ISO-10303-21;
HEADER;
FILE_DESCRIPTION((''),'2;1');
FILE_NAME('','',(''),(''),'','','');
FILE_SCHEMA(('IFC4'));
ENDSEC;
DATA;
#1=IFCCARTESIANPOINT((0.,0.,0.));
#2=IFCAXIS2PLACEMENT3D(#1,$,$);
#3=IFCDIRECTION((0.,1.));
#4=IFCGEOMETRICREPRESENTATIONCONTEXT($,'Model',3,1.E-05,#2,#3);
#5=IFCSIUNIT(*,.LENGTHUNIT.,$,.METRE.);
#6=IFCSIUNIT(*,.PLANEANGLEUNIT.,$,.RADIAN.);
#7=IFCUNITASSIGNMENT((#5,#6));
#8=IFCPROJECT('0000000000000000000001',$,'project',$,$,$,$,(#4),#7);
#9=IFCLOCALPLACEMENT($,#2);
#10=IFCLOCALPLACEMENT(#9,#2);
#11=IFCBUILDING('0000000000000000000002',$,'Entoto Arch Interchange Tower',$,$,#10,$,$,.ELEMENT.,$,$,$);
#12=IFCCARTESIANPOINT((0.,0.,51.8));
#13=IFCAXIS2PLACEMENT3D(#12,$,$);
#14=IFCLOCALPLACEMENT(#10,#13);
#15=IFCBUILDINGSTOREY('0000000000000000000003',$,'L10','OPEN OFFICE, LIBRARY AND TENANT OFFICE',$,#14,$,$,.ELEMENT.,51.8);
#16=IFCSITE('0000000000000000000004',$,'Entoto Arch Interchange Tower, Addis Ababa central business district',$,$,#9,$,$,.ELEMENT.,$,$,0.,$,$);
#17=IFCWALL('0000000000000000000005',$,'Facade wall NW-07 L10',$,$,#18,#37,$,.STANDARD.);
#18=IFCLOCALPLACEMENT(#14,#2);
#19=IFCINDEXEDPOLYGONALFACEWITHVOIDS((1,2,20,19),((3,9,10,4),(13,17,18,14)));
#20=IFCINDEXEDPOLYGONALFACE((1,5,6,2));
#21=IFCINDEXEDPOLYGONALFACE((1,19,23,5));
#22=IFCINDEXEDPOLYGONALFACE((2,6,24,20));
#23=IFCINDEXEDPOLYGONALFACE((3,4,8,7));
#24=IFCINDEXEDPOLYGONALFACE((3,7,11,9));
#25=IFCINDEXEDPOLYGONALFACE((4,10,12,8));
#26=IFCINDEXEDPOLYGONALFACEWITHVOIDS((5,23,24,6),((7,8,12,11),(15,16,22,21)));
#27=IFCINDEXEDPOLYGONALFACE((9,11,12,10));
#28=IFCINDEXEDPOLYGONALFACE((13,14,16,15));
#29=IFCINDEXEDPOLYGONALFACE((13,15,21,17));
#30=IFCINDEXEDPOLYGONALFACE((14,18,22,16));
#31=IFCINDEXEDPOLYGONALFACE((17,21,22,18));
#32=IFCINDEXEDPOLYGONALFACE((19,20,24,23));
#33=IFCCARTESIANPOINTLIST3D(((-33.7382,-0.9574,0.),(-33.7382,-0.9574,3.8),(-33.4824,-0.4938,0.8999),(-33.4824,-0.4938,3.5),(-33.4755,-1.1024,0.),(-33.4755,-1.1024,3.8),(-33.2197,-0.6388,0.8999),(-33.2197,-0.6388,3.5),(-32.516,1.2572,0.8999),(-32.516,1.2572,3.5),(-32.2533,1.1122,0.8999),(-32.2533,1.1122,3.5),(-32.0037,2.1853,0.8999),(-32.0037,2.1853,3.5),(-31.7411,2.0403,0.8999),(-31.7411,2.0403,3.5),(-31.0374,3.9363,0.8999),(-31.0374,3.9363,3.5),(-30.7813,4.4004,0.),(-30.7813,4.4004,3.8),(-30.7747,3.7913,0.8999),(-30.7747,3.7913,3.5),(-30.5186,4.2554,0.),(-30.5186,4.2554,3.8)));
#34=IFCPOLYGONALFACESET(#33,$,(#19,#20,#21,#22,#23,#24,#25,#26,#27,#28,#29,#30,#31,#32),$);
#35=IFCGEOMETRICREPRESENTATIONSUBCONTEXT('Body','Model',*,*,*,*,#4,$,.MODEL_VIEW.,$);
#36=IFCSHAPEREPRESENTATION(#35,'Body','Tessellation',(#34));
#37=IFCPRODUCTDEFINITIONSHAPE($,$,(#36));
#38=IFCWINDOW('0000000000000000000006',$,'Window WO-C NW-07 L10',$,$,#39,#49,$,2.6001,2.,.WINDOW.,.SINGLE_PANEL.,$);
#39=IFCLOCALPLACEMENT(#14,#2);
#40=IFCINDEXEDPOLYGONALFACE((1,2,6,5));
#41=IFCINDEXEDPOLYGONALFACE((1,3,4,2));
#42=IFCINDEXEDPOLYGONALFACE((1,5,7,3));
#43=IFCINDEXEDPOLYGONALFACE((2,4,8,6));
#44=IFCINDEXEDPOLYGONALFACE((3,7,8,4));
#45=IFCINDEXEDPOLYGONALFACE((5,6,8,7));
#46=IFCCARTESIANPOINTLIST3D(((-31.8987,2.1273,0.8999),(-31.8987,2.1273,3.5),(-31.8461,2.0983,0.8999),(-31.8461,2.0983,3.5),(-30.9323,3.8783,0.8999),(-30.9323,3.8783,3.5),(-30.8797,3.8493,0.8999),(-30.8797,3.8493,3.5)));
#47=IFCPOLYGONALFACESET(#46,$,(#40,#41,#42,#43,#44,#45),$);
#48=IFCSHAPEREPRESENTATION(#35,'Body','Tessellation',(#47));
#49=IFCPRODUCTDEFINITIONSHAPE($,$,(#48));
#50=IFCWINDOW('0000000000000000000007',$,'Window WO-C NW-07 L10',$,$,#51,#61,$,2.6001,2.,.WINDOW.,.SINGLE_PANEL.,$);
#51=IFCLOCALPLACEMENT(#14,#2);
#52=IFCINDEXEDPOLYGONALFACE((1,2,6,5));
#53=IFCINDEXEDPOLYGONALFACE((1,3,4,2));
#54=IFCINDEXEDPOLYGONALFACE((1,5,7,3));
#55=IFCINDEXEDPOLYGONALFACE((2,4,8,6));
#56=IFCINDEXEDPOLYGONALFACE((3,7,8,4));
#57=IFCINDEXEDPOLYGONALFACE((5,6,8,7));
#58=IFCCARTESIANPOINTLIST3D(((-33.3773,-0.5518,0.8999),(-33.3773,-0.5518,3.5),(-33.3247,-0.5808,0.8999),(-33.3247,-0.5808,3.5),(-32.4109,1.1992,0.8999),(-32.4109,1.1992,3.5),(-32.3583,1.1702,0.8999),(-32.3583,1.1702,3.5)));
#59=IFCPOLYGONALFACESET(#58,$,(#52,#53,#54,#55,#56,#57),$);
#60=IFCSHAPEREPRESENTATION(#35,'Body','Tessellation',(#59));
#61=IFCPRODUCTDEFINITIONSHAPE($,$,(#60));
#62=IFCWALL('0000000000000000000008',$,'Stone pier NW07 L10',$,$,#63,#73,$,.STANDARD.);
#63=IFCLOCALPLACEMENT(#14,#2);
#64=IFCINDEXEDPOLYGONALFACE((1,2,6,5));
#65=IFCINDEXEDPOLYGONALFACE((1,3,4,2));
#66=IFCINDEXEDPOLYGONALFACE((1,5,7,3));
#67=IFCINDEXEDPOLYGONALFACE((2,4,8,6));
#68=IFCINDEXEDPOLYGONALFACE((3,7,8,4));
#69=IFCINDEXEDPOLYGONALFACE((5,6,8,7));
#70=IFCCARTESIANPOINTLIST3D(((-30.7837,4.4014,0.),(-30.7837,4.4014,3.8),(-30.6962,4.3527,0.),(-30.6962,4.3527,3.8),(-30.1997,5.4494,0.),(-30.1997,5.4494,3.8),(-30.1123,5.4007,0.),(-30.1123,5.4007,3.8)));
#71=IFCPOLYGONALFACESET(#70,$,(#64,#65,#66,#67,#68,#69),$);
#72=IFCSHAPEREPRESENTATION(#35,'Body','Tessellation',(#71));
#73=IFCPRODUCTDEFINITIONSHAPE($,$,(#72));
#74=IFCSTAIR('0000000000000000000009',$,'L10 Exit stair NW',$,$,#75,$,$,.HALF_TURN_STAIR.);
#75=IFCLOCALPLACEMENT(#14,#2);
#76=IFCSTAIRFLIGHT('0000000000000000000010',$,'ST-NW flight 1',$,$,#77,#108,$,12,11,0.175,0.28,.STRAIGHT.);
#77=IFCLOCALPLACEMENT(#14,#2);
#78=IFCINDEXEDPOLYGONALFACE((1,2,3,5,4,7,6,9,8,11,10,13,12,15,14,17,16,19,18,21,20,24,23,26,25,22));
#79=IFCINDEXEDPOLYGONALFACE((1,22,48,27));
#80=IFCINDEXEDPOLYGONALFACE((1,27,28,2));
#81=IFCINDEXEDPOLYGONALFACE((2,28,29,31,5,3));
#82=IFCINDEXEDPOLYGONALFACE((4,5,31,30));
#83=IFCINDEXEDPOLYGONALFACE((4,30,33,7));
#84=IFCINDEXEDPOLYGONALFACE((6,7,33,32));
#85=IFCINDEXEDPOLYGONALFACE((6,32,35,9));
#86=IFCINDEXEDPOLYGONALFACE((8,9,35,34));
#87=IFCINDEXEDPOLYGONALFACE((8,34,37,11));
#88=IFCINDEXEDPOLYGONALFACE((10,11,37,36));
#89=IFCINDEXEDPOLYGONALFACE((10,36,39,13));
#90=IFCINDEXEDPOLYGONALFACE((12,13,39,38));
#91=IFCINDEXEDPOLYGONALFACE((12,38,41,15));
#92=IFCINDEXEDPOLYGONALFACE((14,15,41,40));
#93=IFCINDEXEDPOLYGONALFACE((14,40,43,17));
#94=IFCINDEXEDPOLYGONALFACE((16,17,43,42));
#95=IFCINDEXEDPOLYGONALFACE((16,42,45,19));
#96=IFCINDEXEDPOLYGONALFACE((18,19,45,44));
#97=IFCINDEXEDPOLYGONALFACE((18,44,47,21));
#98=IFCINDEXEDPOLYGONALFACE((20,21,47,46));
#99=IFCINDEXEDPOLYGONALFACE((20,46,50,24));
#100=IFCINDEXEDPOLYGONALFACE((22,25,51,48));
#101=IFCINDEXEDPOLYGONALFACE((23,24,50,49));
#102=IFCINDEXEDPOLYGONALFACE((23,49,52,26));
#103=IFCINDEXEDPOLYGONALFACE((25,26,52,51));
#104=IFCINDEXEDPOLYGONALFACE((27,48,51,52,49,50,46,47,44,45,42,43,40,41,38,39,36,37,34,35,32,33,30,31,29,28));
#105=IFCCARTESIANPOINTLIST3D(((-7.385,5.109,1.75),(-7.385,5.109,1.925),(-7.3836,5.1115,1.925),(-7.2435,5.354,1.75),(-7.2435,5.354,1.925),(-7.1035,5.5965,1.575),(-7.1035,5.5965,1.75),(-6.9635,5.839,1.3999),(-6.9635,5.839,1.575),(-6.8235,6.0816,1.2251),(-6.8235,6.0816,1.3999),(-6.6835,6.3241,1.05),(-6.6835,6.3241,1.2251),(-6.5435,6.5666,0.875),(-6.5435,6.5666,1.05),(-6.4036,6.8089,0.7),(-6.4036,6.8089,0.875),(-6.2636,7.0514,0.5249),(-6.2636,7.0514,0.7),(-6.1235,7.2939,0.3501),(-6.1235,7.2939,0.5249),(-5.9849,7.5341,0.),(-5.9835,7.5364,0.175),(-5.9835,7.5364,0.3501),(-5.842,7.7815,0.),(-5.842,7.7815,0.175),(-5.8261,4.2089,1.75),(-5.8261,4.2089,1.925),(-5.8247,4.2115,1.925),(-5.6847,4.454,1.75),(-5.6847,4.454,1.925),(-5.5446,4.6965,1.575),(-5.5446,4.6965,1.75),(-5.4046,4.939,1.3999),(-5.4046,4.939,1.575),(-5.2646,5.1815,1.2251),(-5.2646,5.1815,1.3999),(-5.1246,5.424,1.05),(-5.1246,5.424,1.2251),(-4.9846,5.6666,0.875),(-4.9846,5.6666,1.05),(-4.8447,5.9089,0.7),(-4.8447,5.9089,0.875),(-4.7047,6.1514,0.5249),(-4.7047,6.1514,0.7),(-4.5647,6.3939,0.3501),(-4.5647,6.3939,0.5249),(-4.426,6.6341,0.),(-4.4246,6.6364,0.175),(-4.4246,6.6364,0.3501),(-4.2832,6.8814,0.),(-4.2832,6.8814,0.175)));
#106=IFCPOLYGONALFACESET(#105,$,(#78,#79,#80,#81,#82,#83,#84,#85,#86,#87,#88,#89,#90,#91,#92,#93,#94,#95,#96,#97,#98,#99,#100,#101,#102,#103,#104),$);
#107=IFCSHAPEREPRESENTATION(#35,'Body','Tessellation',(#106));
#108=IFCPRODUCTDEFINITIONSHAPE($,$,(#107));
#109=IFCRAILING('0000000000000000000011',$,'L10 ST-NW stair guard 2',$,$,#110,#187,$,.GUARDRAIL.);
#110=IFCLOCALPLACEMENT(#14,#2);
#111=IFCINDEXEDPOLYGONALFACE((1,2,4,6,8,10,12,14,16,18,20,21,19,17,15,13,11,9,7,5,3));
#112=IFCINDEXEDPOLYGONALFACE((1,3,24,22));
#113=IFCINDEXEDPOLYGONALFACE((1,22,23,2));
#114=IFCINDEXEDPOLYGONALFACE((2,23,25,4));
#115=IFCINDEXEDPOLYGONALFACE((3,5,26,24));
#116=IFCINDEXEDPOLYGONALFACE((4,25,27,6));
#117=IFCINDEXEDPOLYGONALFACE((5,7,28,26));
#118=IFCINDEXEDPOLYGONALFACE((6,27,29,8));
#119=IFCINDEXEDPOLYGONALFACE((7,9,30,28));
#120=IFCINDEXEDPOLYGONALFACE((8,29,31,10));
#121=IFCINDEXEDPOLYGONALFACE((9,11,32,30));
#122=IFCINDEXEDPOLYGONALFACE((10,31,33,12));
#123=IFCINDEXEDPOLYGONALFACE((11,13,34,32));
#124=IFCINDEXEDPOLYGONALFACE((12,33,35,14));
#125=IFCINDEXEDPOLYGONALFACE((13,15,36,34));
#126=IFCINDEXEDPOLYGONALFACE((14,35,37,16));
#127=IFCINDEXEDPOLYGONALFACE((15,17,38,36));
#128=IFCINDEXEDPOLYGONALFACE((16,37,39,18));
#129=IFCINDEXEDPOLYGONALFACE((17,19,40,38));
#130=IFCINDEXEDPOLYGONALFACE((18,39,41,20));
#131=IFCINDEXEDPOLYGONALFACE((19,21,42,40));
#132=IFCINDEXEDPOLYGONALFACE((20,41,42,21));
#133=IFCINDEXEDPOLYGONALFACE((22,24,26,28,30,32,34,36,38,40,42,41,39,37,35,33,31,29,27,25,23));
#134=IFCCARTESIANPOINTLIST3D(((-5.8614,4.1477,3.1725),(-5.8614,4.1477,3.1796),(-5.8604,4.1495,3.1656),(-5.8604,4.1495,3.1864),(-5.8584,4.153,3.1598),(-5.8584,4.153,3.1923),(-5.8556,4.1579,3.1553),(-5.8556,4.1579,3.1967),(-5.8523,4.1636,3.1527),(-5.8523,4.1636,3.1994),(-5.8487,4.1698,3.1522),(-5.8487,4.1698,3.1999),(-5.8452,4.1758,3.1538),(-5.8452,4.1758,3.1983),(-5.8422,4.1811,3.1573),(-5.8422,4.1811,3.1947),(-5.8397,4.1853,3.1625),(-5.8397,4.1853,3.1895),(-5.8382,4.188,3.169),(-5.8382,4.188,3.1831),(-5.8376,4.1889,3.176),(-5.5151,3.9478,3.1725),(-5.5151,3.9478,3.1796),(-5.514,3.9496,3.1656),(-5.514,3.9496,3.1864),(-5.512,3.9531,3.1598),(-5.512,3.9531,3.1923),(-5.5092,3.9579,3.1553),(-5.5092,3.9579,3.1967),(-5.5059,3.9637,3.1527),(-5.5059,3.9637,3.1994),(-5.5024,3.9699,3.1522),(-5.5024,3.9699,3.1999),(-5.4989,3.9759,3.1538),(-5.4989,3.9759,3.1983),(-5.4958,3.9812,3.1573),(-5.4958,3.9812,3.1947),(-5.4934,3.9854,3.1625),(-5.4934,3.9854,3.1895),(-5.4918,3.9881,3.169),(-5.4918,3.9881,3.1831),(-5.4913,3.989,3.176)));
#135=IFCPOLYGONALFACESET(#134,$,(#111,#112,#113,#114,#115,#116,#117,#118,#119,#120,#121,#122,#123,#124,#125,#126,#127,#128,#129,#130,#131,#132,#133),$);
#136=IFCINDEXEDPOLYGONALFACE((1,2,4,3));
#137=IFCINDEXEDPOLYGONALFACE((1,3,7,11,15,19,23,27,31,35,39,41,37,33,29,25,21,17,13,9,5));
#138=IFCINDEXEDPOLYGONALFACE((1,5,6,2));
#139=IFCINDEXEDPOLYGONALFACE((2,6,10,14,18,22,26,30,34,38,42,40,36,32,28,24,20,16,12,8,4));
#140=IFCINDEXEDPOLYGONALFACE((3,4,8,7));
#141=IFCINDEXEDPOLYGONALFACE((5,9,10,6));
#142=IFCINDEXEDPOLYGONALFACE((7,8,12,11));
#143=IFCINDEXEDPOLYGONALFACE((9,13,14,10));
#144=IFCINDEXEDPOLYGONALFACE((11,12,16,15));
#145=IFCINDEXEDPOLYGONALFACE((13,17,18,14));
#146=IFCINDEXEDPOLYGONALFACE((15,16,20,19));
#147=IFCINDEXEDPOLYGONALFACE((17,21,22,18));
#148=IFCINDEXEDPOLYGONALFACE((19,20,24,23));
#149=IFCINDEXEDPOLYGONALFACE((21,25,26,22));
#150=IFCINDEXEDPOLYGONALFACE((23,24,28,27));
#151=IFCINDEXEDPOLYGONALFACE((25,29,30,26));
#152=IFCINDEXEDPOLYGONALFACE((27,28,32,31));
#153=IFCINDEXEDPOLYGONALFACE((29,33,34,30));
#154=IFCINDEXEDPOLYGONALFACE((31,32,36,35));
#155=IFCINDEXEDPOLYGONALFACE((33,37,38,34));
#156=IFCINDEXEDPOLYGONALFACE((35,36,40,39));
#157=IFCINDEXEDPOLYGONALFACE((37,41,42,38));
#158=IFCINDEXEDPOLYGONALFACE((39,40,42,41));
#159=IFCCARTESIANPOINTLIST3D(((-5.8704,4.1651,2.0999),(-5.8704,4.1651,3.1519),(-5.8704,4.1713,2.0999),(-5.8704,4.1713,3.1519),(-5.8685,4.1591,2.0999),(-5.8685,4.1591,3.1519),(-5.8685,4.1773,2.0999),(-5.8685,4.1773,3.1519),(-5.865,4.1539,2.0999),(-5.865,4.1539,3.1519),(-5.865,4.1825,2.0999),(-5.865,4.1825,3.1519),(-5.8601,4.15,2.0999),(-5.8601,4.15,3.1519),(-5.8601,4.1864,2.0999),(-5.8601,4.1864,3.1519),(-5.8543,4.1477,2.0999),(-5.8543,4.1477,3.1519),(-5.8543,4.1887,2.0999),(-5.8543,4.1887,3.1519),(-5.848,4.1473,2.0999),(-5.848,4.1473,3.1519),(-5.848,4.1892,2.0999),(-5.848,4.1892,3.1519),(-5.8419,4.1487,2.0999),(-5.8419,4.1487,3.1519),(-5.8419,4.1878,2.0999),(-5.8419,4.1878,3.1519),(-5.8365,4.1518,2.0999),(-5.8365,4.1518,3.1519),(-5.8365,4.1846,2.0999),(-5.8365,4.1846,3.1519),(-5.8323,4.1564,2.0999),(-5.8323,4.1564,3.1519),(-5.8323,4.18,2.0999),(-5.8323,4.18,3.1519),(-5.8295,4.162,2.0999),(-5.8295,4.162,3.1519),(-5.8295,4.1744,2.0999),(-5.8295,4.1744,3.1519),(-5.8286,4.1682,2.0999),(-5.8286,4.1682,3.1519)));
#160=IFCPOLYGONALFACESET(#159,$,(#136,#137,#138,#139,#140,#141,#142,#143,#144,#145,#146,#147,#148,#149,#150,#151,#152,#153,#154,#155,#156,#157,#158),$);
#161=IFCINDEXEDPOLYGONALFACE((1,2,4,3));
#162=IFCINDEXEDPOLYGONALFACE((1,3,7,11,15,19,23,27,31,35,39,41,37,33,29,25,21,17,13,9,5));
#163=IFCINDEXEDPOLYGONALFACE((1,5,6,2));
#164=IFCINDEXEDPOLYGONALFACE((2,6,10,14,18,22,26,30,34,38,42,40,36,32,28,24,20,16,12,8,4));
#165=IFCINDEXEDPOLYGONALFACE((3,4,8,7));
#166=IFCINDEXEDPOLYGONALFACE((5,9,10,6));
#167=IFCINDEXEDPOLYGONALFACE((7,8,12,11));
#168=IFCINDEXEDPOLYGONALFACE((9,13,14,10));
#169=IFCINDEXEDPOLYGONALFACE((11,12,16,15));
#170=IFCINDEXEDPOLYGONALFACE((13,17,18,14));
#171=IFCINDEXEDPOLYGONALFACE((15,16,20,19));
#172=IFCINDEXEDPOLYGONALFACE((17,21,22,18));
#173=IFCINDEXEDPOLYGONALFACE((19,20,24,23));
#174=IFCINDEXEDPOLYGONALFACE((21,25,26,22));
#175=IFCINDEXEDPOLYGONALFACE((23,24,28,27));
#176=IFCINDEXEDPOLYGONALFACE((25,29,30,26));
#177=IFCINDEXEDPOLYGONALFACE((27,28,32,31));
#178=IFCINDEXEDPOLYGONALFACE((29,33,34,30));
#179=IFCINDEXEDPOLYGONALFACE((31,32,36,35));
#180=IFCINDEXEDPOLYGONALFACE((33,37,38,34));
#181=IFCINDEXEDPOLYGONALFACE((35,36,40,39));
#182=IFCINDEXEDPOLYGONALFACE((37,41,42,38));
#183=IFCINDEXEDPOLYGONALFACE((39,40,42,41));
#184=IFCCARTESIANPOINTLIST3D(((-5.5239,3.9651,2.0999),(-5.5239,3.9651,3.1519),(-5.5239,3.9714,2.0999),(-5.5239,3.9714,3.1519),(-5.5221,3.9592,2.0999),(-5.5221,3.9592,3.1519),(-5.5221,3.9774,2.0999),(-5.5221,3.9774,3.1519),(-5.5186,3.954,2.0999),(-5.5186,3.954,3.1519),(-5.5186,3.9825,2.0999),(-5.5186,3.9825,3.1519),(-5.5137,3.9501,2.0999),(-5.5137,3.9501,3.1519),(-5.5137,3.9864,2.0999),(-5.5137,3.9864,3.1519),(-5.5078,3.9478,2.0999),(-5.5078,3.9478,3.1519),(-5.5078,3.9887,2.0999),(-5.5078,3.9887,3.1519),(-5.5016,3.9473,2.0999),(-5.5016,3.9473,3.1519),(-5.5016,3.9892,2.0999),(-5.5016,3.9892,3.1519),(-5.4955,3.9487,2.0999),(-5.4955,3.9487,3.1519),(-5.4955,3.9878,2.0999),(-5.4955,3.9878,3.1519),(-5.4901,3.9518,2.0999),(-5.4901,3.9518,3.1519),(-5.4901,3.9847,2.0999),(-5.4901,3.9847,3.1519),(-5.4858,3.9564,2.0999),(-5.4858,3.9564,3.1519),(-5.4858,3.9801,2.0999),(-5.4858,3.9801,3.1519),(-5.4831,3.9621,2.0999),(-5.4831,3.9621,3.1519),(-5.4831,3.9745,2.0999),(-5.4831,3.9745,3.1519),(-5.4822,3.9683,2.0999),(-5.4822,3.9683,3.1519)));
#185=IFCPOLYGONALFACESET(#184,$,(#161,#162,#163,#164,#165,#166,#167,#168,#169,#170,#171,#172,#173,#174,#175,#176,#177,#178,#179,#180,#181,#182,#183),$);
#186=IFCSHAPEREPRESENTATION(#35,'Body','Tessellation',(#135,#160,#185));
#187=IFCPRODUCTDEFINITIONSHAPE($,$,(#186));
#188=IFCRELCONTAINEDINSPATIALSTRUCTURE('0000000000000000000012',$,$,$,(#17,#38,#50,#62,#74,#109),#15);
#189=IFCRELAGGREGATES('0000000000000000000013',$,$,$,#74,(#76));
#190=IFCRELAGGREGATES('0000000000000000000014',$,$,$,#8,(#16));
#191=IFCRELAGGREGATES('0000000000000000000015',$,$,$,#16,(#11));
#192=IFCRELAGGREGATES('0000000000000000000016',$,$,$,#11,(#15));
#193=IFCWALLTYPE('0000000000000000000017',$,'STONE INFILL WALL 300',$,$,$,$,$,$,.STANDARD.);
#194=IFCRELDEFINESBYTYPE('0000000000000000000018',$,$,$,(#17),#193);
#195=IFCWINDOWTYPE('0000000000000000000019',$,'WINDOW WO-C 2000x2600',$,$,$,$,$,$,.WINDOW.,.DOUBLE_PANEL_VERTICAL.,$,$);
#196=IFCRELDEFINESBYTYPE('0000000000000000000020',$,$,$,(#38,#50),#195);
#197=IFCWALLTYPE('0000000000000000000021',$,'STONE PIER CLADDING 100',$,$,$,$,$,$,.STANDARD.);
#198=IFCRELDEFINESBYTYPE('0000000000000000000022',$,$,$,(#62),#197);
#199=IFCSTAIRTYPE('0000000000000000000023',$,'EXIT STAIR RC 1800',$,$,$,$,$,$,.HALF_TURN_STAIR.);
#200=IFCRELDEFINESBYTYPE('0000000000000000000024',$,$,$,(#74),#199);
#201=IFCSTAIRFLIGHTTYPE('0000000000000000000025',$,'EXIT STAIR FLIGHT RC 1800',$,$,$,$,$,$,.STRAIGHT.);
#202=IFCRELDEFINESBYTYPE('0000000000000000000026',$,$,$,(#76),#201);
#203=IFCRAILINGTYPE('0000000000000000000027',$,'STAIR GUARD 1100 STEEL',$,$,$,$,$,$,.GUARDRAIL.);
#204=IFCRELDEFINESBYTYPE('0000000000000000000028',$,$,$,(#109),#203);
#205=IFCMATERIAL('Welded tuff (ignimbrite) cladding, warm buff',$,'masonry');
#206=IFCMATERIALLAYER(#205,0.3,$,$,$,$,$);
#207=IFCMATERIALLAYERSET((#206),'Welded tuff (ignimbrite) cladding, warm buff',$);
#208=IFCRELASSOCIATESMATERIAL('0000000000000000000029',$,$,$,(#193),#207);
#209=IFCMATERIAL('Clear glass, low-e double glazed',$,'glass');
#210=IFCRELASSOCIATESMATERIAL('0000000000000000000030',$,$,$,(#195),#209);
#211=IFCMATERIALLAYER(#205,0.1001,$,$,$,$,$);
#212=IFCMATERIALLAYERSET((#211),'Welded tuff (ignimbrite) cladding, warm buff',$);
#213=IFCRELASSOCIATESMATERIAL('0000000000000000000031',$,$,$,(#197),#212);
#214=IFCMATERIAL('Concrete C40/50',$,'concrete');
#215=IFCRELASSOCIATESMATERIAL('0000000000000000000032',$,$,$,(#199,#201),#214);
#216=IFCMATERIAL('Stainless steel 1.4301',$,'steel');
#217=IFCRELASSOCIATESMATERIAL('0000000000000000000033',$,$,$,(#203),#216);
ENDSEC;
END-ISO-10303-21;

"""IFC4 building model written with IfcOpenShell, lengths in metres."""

from ifc_helpers import new_model, si_unit, direction, frame, frame_2d, origin, origin_2d, place, context, subcontext, project, spatial, polyline, rectangle, circle, outline, extrude, material, layer, layer_set, type_object, element, fill, aggregate, save


model = new_model("IFC4")

# Units and contexts
model_context = context("Model", 3, precision=1e-05, world=origin(), true_north=direction((0.0, 1.0)))
body_context = subcontext(model_context, "Body", "Model", "MODEL_VIEW")
ifc_project = project(units=[si_unit("LENGTHUNIT", "METRE"), si_unit("PLANEANGLEUNIT", "RADIAN")], contexts=[model_context])

# Site, building, storey
site_placement = place(None, origin())
site = spatial("IfcSite", under=ifc_project, at=site_placement, Name="Entoto Arch Interchange Tower, Addis Ababa central business district", CompositionType="ELEMENT", RefElevation=0.0)
building_placement = place(site_placement, origin())
building = spatial("IfcBuilding", under=site, at=building_placement, Name="Entoto Arch Interchange Tower", CompositionType="ELEMENT")
storey_placement = place(building_placement, frame((0.0, 0.0, 51.8)))
storey = spatial("IfcBuildingStorey", under=building, at=storey_placement, Name="L10", Description="OPEN OFFICE, LIBRARY AND TENANT OFFICE", CompositionType="ELEMENT", Elevation=51.8)

# Shared definitions
ifc_material_1 = material(Name="Concrete C40/50", Category="concrete")

# Wall, openings, windows
ifc_material_2 = material(Name="Welded tuff (ignimbrite) cladding, warm buff", Category="masonry")
ifc_layer_1 = layer(ifc_material_2, 0.3)
ifc_layer_set_1 = layer_set([ifc_layer_1], Name="Welded tuff (ignimbrite) cladding, warm buff")
wall_type_1 = type_object("IfcWallType", Name="STONE INFILL WALL 300", PredefinedType="STANDARD", material=ifc_layer_set_1)
wall_1_placement = place(storey_placement, frame((-30.6499, 4.3279, 0.0), z_axis=(0.0, 0.0, 1.0), x_axis=(-0.483195, -0.875513, 0.0)))
wall_1 = element("IfcWall", 1, at=wall_1_placement, inside=storey, type_object=wall_type_1, Name="Facade wall NW-07 L10", PredefinedType="STANDARD", context=body_context, shape_type="SweptSolid", body=[
    extrude(rectangle(XDim=6.1196, YDim=0.3, at=frame_2d((3.0598, 0.0))), origin(), (0.0, 0.0, 1.0), 3.8),
])
opening_1_placement = place(wall_1_placement, frame((0.53, 0.0, 0.8999)))
opening_1 = element("IfcOpeningElement", 2, at=opening_1_placement, cuts=wall_1, PredefinedType="OPENING", context=body_context, shape_type="SweptSolid", body=[
    extrude(rectangle(XDim=2.0, YDim=2.6001, at=frame_2d((1.0, 1.3))), frame((0.0, 0.1602, 0.0), z_axis=(0.0, -1.0, 0.0), x_axis=(1.0, 0.0, 0.0)), (0.0, 0.0, 1.0), 0.3201),
])
opening_2_placement = place(wall_1_placement, frame((3.5901, 0.0, 0.8999)))
opening_2 = element("IfcOpeningElement", 3, at=opening_2_placement, cuts=wall_1, PredefinedType="OPENING", context=body_context, shape_type="SweptSolid", body=[
    extrude(rectangle(XDim=2.0, YDim=2.6001, at=frame_2d((1.0, 1.3))), frame((0.0, 0.1602, 0.0), z_axis=(0.0, -1.0, 0.0), x_axis=(1.0, 0.0, 0.0)), (0.0, 0.0, 1.0), 0.3201),
])
ifc_material_3 = material(Name="Clear glass, low-e double glazed", Category="glass")
window_type = type_object("IfcWindowType", Name="WINDOW WO-C 2000x2600", PartitioningType="DOUBLE_PANEL_VERTICAL", PredefinedType="WINDOW", material=ifc_material_3)
window_1_placement = place(opening_1_placement, origin())
window_1 = element("IfcWindow", 4, at=window_1_placement, inside=storey, type_object=window_type, Name="Window WO-C NW-07 L10", OverallHeight=2.6001, OverallWidth=2.0, PartitioningType="SINGLE_PANEL", PredefinedType="WINDOW", context=body_context, shape_type="SweptSolid", body=[
    extrude(rectangle(XDim=2.0, YDim=2.6001, at=frame_2d((1.0, 1.3))), frame((0.0, 0.03, 0.0), z_axis=(0.0, -1.0, 0.0), x_axis=(1.0, 0.0, 0.0)), (0.0, 0.0, 1.0), 0.0601),
])
fill(opening_1, window_1)
window_2_placement = place(opening_2_placement, origin())
window_2 = element("IfcWindow", 5, at=window_2_placement, inside=storey, type_object=window_type, Name="Window WO-C NW-07 L10", OverallHeight=2.6001, OverallWidth=2.0, PartitioningType="SINGLE_PANEL", PredefinedType="WINDOW", context=body_context, shape_type="SweptSolid", body=[
    extrude(rectangle(XDim=2.0, YDim=2.6001, at=frame_2d((1.0, 1.3))), frame((0.0, 0.03, 0.0), z_axis=(0.0, -1.0, 0.0), x_axis=(1.0, 0.0, 0.0)), (0.0, 0.0, 1.0), 0.0601),
])
fill(opening_2, window_2)

# Wall
ifc_layer_2 = layer(ifc_material_2, 0.1001)
ifc_layer_set_2 = layer_set([ifc_layer_2], Name="Welded tuff (ignimbrite) cladding, warm buff")
wall_type_2 = type_object("IfcWallType", Name="STONE PIER CLADDING 100", PredefinedType="STANDARD", material=ifc_layer_set_2)
wall_2_placement = place(storey_placement, frame((-30.156, 5.425, 0.0), z_axis=(0.0, 0.0, 1.0), x_axis=(-0.486731, -0.873552, 0.0)))
element("IfcWall", 6, at=wall_2_placement, inside=storey, type_object=wall_type_2, Name="Stone pier NW07 L10", PredefinedType="STANDARD", context=body_context, shape_type="SweptSolid", body=[
    extrude(rectangle(XDim=1.1997, YDim=0.1001, at=frame_2d((0.5999, 0.0))), origin(), (0.0, 0.0, 1.0), 3.8),
])

# Stair, stair flight
stair_type = type_object("IfcStairType", Name="EXIT STAIR RC 1800", PredefinedType="HALF_TURN_STAIR", material=ifc_material_1)
stair_placement = place(storey_placement, origin())
stair = element("IfcStair", 7, at=stair_placement, inside=storey, type_object=stair_type, Name="L10 Exit stair NW", PredefinedType="HALF_TURN_STAIR")
stair_flight_type = type_object("IfcStairFlightType", Name="EXIT STAIR FLIGHT RC 1800", PredefinedType="STRAIGHT", material=ifc_material_1)
stair_flight_placement = place(storey_placement, frame((-5.064, 7.3289, 0.0), z_axis=(0.0, 0.0, 1.0), x_axis=(-0.5, -0.866025, 0.0)))
stair_flight = element("IfcStairFlight", 8, at=stair_flight_placement, type_object=stair_flight_type, Name="ST-NW flight 1", NumberOfRisers=12, NumberOfTreads=11, PredefinedType="STRAIGHT", RiserHeight=0.175, TreadLength=0.28, context=body_context, shape_type="SweptSolid", body=[
    extrude(outline(polyline([(-0.0029, 0.0), (-0.0029, 0.175), (0.28, 0.175), (0.28, 0.3501), (0.5601, 0.3501), (0.5601, 0.5249), (0.8401, 0.5249), (0.8401, 0.7), (1.1201, 0.7), (1.1201, 0.875), (1.3999, 0.875), (1.3999, 1.05), (1.6799, 1.05), (1.6799, 1.2251), (1.96, 1.2251), (1.96, 1.3999), (2.24, 1.3999), (2.24, 1.575), (2.52, 1.575), (2.52, 1.75), (2.8, 1.75), (2.8, 1.925), (3.0801, 1.925), (3.083, 1.925), (3.083, 1.75), (0.2827, 0.0), (-0.0029, 0.0)])), frame((0.0, 0.8999, 0.0), z_axis=(0.0, -1.0, 0.0), x_axis=(1.0, 0.0, 0.0)), (0.0, 0.0, 1.0), 1.8),
])
aggregate(stair, [stair_flight])

# Railing
ifc_material_4 = material(Name="Stainless steel 1.4301", Category="steel")
railing_type_1 = type_object("IfcRailingType", Name="STAIR GUARD 1100 STEEL", PredefinedType="GUARDRAIL", material=ifc_material_4)
railing_1_placement = place(storey_placement, frame((-5.8496, 4.1682, 2.0999)))
element("IfcRailing", 9, at=railing_1_placement, inside=storey, type_object=railing_type_1, Name="L10 ST-NW stair guard 2", PredefinedType="GUARDRAIL", context=body_context, shape_type="SweptSolid", body=[
    extrude(circle(Radius=0.0239, at=origin_2d()), frame((0.0, 0.0, 1.0762), z_axis=(0.866094, -0.499881, 0.0), x_axis=(0.499881, 0.866094, 0.0)), (0.0, 0.0, 1.0), 0.3999),
    extrude(circle(Radius=0.021, at=origin_2d()), origin(), (0.0, 0.0, 1.0), 1.052),
    extrude(circle(Radius=0.021, at=origin_2d()), frame((0.3464, -0.2, 0.0)), (0.0, 0.0, 1.0), 1.052),
])

save(model, "model.ifc")
